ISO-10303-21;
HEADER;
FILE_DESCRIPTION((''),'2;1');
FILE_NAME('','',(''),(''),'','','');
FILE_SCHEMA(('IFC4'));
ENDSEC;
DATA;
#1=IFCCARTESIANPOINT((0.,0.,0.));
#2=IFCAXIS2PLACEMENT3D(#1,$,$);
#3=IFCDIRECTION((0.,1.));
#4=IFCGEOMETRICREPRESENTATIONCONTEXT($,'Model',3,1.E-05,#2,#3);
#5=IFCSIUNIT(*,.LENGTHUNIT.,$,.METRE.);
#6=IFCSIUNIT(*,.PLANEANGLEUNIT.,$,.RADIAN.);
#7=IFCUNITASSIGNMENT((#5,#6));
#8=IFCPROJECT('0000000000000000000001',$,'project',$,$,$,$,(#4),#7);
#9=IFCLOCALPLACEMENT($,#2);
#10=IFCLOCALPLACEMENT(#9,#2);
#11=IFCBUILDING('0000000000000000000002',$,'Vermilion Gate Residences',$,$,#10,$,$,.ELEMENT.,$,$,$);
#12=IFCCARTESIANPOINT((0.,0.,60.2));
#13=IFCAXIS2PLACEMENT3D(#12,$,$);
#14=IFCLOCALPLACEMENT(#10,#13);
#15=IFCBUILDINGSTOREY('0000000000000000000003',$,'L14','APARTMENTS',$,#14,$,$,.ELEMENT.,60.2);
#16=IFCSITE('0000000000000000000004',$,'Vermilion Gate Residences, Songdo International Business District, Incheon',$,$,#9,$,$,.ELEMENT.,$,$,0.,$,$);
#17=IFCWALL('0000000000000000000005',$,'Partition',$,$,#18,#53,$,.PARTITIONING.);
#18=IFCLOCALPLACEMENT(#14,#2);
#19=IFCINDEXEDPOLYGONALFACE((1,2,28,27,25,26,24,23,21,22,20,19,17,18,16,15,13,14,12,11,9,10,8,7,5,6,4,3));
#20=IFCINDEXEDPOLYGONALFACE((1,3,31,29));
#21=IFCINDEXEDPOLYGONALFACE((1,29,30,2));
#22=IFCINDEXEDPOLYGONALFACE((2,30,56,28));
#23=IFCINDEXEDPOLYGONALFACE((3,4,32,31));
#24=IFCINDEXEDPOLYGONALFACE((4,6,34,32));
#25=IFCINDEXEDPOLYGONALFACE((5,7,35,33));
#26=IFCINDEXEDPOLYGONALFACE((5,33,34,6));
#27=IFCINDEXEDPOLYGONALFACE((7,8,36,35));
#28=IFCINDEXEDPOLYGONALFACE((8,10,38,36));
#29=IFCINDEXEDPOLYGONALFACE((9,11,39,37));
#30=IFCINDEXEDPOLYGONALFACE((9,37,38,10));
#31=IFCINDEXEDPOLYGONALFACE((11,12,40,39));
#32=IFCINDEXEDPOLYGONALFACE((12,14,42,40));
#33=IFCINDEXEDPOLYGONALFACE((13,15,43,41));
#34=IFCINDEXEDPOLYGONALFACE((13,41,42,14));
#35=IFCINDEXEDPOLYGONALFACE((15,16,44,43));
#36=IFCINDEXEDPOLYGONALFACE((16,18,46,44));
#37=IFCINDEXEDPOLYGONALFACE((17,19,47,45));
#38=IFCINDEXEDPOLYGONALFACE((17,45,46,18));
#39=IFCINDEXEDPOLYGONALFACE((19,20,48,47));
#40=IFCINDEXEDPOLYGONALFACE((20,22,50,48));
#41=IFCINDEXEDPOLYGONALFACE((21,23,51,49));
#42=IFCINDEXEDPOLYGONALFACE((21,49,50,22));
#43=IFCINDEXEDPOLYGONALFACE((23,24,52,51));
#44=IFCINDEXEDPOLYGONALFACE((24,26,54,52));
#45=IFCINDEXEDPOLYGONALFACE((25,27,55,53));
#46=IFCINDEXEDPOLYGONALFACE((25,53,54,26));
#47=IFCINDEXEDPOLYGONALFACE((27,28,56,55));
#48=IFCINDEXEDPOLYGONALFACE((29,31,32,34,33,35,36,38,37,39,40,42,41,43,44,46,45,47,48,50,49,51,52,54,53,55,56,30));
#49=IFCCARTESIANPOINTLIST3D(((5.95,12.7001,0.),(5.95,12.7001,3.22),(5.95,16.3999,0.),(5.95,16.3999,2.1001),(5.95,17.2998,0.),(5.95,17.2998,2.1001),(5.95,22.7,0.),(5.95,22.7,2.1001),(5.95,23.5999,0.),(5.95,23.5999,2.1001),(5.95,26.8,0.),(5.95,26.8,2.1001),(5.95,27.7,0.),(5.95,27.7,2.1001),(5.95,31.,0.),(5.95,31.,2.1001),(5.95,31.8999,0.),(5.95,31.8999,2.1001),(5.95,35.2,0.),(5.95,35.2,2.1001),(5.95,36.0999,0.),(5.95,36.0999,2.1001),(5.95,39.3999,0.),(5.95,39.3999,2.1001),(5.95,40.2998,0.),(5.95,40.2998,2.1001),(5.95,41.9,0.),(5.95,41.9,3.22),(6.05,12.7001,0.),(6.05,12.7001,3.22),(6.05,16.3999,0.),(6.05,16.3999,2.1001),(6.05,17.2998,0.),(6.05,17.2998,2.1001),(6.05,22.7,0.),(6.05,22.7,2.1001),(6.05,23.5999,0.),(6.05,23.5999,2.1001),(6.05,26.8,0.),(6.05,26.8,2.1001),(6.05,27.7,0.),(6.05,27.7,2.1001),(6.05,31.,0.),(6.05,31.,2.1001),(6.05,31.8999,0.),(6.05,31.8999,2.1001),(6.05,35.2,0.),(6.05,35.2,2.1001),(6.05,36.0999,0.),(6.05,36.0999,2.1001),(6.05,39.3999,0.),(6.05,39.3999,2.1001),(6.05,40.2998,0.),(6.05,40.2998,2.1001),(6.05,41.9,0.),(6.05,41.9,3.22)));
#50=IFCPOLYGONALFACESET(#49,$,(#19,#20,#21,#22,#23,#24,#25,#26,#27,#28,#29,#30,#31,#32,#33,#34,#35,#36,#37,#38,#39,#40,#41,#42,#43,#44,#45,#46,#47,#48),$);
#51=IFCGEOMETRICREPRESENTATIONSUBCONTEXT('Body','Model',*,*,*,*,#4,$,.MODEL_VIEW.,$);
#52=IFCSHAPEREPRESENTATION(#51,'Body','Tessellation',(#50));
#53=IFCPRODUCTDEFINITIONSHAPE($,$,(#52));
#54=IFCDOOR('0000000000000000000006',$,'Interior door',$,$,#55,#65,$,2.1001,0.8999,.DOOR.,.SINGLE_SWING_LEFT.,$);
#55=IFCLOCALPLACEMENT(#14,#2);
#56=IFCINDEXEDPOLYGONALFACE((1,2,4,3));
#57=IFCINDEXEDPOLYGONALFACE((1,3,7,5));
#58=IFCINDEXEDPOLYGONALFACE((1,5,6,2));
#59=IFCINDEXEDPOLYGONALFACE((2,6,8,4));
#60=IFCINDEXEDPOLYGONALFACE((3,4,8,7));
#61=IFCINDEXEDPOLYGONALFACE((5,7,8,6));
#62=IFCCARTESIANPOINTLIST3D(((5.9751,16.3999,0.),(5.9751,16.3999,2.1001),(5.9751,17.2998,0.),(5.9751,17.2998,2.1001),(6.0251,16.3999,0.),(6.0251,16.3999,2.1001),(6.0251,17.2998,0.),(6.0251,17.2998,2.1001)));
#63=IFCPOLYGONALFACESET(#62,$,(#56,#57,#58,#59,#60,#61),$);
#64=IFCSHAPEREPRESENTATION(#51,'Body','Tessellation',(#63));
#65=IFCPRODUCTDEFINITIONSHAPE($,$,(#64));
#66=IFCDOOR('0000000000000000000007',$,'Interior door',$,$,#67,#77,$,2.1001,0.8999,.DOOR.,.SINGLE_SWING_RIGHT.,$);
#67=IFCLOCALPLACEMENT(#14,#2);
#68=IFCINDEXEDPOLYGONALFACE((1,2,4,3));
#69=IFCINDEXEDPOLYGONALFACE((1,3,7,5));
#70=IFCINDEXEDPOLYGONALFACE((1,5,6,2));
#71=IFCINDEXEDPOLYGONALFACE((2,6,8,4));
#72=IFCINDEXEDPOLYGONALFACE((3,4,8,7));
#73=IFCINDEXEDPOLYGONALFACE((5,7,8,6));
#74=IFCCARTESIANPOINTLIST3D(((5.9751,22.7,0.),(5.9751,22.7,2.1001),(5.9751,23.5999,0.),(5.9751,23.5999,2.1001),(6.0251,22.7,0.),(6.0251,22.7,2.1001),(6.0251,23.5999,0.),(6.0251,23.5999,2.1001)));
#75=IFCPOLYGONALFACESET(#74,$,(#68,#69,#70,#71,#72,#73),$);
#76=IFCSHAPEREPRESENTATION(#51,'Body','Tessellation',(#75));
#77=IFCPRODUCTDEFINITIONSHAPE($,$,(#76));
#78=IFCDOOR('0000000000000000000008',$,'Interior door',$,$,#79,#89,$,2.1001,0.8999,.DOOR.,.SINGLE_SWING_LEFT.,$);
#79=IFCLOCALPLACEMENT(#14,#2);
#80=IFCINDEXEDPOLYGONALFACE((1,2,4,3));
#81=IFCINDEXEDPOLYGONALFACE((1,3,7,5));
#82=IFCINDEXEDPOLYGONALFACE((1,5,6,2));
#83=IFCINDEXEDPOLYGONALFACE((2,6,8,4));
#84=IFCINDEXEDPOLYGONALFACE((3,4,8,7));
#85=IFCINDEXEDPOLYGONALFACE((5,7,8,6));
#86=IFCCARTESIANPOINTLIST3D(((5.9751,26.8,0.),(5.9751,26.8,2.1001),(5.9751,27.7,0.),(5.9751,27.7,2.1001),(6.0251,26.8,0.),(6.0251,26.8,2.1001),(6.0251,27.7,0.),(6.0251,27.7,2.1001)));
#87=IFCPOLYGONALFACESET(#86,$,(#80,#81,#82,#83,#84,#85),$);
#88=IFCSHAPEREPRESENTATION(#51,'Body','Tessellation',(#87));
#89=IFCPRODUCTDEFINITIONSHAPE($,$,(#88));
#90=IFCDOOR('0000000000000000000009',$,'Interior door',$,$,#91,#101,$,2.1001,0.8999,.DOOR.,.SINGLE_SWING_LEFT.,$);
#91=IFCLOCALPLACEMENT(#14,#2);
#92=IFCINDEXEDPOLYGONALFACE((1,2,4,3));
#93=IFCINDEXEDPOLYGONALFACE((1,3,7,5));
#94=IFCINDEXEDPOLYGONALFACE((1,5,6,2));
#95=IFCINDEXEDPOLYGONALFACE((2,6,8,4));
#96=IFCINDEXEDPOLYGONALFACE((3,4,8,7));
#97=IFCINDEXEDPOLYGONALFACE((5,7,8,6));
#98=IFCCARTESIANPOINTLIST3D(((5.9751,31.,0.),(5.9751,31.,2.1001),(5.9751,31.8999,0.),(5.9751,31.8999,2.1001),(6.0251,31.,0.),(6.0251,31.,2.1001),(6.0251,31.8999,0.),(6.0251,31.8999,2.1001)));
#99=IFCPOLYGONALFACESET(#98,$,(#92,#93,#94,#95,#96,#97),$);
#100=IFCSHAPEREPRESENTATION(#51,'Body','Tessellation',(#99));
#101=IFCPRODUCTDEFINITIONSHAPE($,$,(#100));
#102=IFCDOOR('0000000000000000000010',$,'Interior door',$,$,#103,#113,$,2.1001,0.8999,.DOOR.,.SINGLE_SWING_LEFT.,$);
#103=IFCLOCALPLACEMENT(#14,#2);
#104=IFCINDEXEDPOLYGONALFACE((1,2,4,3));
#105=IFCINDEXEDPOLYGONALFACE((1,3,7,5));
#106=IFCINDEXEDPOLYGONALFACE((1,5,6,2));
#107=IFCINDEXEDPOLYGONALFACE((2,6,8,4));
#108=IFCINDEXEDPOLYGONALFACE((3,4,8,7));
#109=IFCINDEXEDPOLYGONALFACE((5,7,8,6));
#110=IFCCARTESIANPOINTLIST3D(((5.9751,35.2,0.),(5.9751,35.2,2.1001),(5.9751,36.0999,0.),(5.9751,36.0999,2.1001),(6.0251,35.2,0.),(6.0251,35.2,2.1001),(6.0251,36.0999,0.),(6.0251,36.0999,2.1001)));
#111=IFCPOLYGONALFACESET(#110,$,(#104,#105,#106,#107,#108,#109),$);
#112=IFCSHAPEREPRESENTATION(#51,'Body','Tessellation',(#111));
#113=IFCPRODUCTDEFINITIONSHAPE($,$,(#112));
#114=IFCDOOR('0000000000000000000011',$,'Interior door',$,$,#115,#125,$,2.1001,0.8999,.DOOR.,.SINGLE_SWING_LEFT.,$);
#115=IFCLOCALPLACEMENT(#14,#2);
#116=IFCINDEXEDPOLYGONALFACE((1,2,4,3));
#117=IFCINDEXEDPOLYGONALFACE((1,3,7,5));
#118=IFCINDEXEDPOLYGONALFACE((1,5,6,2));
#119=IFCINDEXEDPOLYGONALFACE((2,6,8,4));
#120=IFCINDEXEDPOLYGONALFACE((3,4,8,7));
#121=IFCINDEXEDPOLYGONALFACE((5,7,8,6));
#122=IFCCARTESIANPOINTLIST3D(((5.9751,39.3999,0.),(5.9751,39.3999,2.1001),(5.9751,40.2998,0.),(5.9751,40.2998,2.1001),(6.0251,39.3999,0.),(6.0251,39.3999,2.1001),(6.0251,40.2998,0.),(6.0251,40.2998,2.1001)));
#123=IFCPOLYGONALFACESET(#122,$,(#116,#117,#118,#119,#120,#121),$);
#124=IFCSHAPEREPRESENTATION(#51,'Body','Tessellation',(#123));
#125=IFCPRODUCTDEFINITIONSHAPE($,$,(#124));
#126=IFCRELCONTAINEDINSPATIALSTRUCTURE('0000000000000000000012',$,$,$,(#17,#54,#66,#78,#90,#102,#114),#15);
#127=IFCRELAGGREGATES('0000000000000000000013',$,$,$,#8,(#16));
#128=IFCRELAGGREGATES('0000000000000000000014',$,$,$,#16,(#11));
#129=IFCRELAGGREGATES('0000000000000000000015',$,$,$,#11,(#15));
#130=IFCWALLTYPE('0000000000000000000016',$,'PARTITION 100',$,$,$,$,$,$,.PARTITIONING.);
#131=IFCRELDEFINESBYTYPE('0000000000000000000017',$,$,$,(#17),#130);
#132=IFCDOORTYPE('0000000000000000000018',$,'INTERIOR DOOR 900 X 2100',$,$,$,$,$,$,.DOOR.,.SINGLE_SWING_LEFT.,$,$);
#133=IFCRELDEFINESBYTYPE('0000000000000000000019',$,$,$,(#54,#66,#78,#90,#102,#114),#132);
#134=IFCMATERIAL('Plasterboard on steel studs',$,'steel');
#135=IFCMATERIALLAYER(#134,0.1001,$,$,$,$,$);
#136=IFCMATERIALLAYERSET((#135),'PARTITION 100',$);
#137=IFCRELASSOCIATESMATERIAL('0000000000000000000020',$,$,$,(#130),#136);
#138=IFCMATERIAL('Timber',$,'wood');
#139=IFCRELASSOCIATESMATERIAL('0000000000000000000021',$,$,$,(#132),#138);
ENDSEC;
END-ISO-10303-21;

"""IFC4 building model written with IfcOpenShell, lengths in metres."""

from ifc_helpers import new_model, si_unit, direction, frame, frame_2d, origin, place, context, subcontext, project, spatial, rectangle, extrude, material, layer, layer_set, type_object, element, fill, save


model = new_model("IFC4")

# Units and contexts
model_context = context("Model", 3, precision=1e-05, world=origin(), true_north=direction((0.0, 1.0)))
body_context = subcontext(model_context, "Body", "Model", "MODEL_VIEW")
ifc_project = project(units=[si_unit("LENGTHUNIT", "METRE"), si_unit("PLANEANGLEUNIT", "RADIAN")], contexts=[model_context])

# Site, building, storey
site_placement = place(None, origin())
site = spatial("IfcSite", under=ifc_project, at=site_placement, Name="Vermilion Gate Residences, Songdo International Business District, Incheon", CompositionType="ELEMENT", RefElevation=0.0)
building_placement = place(site_placement, origin())
building = spatial("IfcBuilding", under=site, at=building_placement, Name="Vermilion Gate Residences", CompositionType="ELEMENT")
storey_placement = place(building_placement, frame((0.0, 0.0, 60.2)))
storey = spatial("IfcBuildingStorey", under=building, at=storey_placement, Name="L14", Description="APARTMENTS", CompositionType="ELEMENT", Elevation=60.2)

# Shared definitions
ifc_material_1 = material(Name="Plasterboard on steel studs", Category="steel")
ifc_layer_1 = layer(ifc_material_1, 0.1001)
ifc_layer_set_1 = layer_set([ifc_layer_1], Name="PARTITION 100")
wall_type_1 = type_object("IfcWallType", Name="PARTITION 100", PredefinedType="PARTITIONING", material=ifc_layer_set_1)

# Wall, openings, doors
wall_1_placement = place(storey_placement, frame((6.0, 12.7, 0.0), z_axis=(0.0, 0.0, 1.0), x_axis=(0.0, 1.0, 0.0)))
wall_1 = element("IfcWall", 1, at=wall_1_placement, inside=storey, type_object=wall_type_1, Name="Partition", PredefinedType="PARTITIONING", context=body_context, shape_type="SweptSolid", body=[
    extrude(rectangle(XDim=29.2, YDim=0.1001, at=frame_2d((14.6001, 0.0))), origin(), (0.0, 0.0, 1.0), 3.22),
])
opening_1_placement = place(wall_1_placement, frame((3.7, 0.0, 0.0)))
opening_1 = element("IfcOpeningElement", 2, at=opening_1_placement, cuts=wall_1, PredefinedType="OPENING", context=body_context, shape_type="SweptSolid", body=[
    extrude(rectangle(XDim=0.8999, YDim=2.1001, at=frame_2d((0.45, 1.05))), frame((0.0, 0.0601, 0.0), z_axis=(0.0, -1.0, 0.0), x_axis=(1.0, 0.0, 0.0)), (0.0, 0.0, 1.0), 0.1201),
])
opening_2_placement = place(wall_1_placement, frame((10.0, 0.0, 0.0)))
opening_2 = element("IfcOpeningElement", 3, at=opening_2_placement, cuts=wall_1, PredefinedType="OPENING", context=body_context, shape_type="SweptSolid", body=[
    extrude(rectangle(XDim=0.8999, YDim=2.1001, at=frame_2d((0.45, 1.05))), frame((0.0, 0.0601, 0.0), z_axis=(0.0, -1.0, 0.0), x_axis=(1.0, 0.0, 0.0)), (0.0, 0.0, 1.0), 0.1201),
])
opening_3_placement = place(wall_1_placement, frame((14.1001, 0.0, 0.0)))
opening_3 = element("IfcOpeningElement", 4, at=opening_3_placement, cuts=wall_1, PredefinedType="OPENING", context=body_context, shape_type="SweptSolid", body=[
    extrude(rectangle(XDim=0.8999, YDim=2.1001, at=frame_2d((0.45, 1.05))), frame((0.0, 0.0601, 0.0), z_axis=(0.0, -1.0, 0.0), x_axis=(1.0, 0.0, 0.0)), (0.0, 0.0, 1.0), 0.1201),
])
opening_4_placement = place(wall_1_placement, frame((18.3, 0.0, 0.0)))
opening_4 = element("IfcOpeningElement", 5, at=opening_4_placement, cuts=wall_1, PredefinedType="OPENING", context=body_context, shape_type="SweptSolid", body=[
    extrude(rectangle(XDim=0.8999, YDim=2.1001, at=frame_2d((0.45, 1.05))), frame((0.0, 0.0601, 0.0), z_axis=(0.0, -1.0, 0.0), x_axis=(1.0, 0.0, 0.0)), (0.0, 0.0, 1.0), 0.1201),
])
opening_5_placement = place(wall_1_placement, frame((22.5, 0.0, 0.0)))
opening_5 = element("IfcOpeningElement", 6, at=opening_5_placement, cuts=wall_1, PredefinedType="OPENING", context=body_context, shape_type="SweptSolid", body=[
    extrude(rectangle(XDim=0.8999, YDim=2.1001, at=frame_2d((0.45, 1.05))), frame((0.0, 0.0601, 0.0), z_axis=(0.0, -1.0, 0.0), x_axis=(1.0, 0.0, 0.0)), (0.0, 0.0, 1.0), 0.1201),
])
opening_6_placement = place(wall_1_placement, frame((26.7, 0.0, 0.0)))
opening_6 = element("IfcOpeningElement", 7, at=opening_6_placement, cuts=wall_1, PredefinedType="OPENING", context=body_context, shape_type="SweptSolid", body=[
    extrude(rectangle(XDim=0.8999, YDim=2.1001, at=frame_2d((0.45, 1.05))), frame((0.0, 0.0601, 0.0), z_axis=(0.0, -1.0, 0.0), x_axis=(1.0, 0.0, 0.0)), (0.0, 0.0, 1.0), 0.1201),
])
ifc_material_2 = material(Name="Timber", Category="wood")
door_type = type_object("IfcDoorType", Name="INTERIOR DOOR 900 X 2100", OperationType="SINGLE_SWING_LEFT", PredefinedType="DOOR", material=ifc_material_2)
door_1_placement = place(opening_1_placement, origin())
door_1 = element("IfcDoor", 8, at=door_1_placement, inside=storey, type_object=door_type, Name="Interior door", OperationType="SINGLE_SWING_LEFT", OverallHeight=2.1001, OverallWidth=0.8999, PredefinedType="DOOR", context=body_context, shape_type="SweptSolid", body=[
    extrude(rectangle(XDim=0.8999, YDim=2.1001, at=frame_2d((0.45, 1.05))), frame((0.0, 0.0249, 0.0), z_axis=(0.0, -1.0, 0.0), x_axis=(1.0, 0.0, 0.0)), (0.0, 0.0, 1.0), 0.05),
])
fill(opening_1, door_1)
door_2_placement = place(opening_2_placement, origin())
door_2 = element("IfcDoor", 9, at=door_2_placement, inside=storey, type_object=door_type, Name="Interior door", OperationType="SINGLE_SWING_RIGHT", OverallHeight=2.1001, OverallWidth=0.8999, PredefinedType="DOOR", context=body_context, shape_type="SweptSolid", body=[
    extrude(rectangle(XDim=0.8999, YDim=2.1001, at=frame_2d((0.45, 1.05))), frame((0.0, 0.0249, 0.0), z_axis=(0.0, -1.0, 0.0), x_axis=(1.0, 0.0, 0.0)), (0.0, 0.0, 1.0), 0.05),
])
fill(opening_2, door_2)
door_3_placement = place(opening_3_placement, origin())
door_3 = element("IfcDoor", 10, at=door_3_placement, inside=storey, type_object=door_type, Name="Interior door", OperationType="SINGLE_SWING_LEFT", OverallHeight=2.1001, OverallWidth=0.8999, PredefinedType="DOOR", context=body_context, shape_type="SweptSolid", body=[
    extrude(rectangle(XDim=0.8999, YDim=2.1001, at=frame_2d((0.45, 1.05))), frame((0.0, 0.0249, 0.0), z_axis=(0.0, -1.0, 0.0), x_axis=(1.0, 0.0, 0.0)), (0.0, 0.0, 1.0), 0.05),
])
fill(opening_3, door_3)
door_4_placement = place(opening_4_placement, origin())
door_4 = element("IfcDoor", 11, at=door_4_placement, inside=storey, type_object=door_type, Name="Interior door", OperationType="SINGLE_SWING_LEFT", OverallHeight=2.1001, OverallWidth=0.8999, PredefinedType="DOOR", context=body_context, shape_type="SweptSolid", body=[
    extrude(rectangle(XDim=0.8999, YDim=2.1001, at=frame_2d((0.45, 1.05))), frame((0.0, 0.0249, 0.0), z_axis=(0.0, -1.0, 0.0), x_axis=(1.0, 0.0, 0.0)), (0.0, 0.0, 1.0), 0.05),
])
fill(opening_4, door_4)
door_5_placement = place(opening_5_placement, origin())
door_5 = element("IfcDoor", 12, at=door_5_placement, inside=storey, type_object=door_type, Name="Interior door", OperationType="SINGLE_SWING_LEFT", OverallHeight=2.1001, OverallWidth=0.8999, PredefinedType="DOOR", context=body_context, shape_type="SweptSolid", body=[
    extrude(rectangle(XDim=0.8999, YDim=2.1001, at=frame_2d((0.45, 1.05))), frame((0.0, 0.0249, 0.0), z_axis=(0.0, -1.0, 0.0), x_axis=(1.0, 0.0, 0.0)), (0.0, 0.0, 1.0), 0.05),
])
fill(opening_5, door_5)
door_6_placement = place(opening_6_placement, origin())
door_6 = element("IfcDoor", 13, at=door_6_placement, inside=storey, type_object=door_type, Name="Interior door", OperationType="SINGLE_SWING_LEFT", OverallHeight=2.1001, OverallWidth=0.8999, PredefinedType="DOOR", context=body_context, shape_type="SweptSolid", body=[
    extrude(rectangle(XDim=0.8999, YDim=2.1001, at=frame_2d((0.45, 1.05))), frame((0.0, 0.0249, 0.0), z_axis=(0.0, -1.0, 0.0), x_axis=(1.0, 0.0, 0.0)), (0.0, 0.0, 1.0), 0.05),
])
fill(opening_6, door_6)

save(model, "model.ifc")
